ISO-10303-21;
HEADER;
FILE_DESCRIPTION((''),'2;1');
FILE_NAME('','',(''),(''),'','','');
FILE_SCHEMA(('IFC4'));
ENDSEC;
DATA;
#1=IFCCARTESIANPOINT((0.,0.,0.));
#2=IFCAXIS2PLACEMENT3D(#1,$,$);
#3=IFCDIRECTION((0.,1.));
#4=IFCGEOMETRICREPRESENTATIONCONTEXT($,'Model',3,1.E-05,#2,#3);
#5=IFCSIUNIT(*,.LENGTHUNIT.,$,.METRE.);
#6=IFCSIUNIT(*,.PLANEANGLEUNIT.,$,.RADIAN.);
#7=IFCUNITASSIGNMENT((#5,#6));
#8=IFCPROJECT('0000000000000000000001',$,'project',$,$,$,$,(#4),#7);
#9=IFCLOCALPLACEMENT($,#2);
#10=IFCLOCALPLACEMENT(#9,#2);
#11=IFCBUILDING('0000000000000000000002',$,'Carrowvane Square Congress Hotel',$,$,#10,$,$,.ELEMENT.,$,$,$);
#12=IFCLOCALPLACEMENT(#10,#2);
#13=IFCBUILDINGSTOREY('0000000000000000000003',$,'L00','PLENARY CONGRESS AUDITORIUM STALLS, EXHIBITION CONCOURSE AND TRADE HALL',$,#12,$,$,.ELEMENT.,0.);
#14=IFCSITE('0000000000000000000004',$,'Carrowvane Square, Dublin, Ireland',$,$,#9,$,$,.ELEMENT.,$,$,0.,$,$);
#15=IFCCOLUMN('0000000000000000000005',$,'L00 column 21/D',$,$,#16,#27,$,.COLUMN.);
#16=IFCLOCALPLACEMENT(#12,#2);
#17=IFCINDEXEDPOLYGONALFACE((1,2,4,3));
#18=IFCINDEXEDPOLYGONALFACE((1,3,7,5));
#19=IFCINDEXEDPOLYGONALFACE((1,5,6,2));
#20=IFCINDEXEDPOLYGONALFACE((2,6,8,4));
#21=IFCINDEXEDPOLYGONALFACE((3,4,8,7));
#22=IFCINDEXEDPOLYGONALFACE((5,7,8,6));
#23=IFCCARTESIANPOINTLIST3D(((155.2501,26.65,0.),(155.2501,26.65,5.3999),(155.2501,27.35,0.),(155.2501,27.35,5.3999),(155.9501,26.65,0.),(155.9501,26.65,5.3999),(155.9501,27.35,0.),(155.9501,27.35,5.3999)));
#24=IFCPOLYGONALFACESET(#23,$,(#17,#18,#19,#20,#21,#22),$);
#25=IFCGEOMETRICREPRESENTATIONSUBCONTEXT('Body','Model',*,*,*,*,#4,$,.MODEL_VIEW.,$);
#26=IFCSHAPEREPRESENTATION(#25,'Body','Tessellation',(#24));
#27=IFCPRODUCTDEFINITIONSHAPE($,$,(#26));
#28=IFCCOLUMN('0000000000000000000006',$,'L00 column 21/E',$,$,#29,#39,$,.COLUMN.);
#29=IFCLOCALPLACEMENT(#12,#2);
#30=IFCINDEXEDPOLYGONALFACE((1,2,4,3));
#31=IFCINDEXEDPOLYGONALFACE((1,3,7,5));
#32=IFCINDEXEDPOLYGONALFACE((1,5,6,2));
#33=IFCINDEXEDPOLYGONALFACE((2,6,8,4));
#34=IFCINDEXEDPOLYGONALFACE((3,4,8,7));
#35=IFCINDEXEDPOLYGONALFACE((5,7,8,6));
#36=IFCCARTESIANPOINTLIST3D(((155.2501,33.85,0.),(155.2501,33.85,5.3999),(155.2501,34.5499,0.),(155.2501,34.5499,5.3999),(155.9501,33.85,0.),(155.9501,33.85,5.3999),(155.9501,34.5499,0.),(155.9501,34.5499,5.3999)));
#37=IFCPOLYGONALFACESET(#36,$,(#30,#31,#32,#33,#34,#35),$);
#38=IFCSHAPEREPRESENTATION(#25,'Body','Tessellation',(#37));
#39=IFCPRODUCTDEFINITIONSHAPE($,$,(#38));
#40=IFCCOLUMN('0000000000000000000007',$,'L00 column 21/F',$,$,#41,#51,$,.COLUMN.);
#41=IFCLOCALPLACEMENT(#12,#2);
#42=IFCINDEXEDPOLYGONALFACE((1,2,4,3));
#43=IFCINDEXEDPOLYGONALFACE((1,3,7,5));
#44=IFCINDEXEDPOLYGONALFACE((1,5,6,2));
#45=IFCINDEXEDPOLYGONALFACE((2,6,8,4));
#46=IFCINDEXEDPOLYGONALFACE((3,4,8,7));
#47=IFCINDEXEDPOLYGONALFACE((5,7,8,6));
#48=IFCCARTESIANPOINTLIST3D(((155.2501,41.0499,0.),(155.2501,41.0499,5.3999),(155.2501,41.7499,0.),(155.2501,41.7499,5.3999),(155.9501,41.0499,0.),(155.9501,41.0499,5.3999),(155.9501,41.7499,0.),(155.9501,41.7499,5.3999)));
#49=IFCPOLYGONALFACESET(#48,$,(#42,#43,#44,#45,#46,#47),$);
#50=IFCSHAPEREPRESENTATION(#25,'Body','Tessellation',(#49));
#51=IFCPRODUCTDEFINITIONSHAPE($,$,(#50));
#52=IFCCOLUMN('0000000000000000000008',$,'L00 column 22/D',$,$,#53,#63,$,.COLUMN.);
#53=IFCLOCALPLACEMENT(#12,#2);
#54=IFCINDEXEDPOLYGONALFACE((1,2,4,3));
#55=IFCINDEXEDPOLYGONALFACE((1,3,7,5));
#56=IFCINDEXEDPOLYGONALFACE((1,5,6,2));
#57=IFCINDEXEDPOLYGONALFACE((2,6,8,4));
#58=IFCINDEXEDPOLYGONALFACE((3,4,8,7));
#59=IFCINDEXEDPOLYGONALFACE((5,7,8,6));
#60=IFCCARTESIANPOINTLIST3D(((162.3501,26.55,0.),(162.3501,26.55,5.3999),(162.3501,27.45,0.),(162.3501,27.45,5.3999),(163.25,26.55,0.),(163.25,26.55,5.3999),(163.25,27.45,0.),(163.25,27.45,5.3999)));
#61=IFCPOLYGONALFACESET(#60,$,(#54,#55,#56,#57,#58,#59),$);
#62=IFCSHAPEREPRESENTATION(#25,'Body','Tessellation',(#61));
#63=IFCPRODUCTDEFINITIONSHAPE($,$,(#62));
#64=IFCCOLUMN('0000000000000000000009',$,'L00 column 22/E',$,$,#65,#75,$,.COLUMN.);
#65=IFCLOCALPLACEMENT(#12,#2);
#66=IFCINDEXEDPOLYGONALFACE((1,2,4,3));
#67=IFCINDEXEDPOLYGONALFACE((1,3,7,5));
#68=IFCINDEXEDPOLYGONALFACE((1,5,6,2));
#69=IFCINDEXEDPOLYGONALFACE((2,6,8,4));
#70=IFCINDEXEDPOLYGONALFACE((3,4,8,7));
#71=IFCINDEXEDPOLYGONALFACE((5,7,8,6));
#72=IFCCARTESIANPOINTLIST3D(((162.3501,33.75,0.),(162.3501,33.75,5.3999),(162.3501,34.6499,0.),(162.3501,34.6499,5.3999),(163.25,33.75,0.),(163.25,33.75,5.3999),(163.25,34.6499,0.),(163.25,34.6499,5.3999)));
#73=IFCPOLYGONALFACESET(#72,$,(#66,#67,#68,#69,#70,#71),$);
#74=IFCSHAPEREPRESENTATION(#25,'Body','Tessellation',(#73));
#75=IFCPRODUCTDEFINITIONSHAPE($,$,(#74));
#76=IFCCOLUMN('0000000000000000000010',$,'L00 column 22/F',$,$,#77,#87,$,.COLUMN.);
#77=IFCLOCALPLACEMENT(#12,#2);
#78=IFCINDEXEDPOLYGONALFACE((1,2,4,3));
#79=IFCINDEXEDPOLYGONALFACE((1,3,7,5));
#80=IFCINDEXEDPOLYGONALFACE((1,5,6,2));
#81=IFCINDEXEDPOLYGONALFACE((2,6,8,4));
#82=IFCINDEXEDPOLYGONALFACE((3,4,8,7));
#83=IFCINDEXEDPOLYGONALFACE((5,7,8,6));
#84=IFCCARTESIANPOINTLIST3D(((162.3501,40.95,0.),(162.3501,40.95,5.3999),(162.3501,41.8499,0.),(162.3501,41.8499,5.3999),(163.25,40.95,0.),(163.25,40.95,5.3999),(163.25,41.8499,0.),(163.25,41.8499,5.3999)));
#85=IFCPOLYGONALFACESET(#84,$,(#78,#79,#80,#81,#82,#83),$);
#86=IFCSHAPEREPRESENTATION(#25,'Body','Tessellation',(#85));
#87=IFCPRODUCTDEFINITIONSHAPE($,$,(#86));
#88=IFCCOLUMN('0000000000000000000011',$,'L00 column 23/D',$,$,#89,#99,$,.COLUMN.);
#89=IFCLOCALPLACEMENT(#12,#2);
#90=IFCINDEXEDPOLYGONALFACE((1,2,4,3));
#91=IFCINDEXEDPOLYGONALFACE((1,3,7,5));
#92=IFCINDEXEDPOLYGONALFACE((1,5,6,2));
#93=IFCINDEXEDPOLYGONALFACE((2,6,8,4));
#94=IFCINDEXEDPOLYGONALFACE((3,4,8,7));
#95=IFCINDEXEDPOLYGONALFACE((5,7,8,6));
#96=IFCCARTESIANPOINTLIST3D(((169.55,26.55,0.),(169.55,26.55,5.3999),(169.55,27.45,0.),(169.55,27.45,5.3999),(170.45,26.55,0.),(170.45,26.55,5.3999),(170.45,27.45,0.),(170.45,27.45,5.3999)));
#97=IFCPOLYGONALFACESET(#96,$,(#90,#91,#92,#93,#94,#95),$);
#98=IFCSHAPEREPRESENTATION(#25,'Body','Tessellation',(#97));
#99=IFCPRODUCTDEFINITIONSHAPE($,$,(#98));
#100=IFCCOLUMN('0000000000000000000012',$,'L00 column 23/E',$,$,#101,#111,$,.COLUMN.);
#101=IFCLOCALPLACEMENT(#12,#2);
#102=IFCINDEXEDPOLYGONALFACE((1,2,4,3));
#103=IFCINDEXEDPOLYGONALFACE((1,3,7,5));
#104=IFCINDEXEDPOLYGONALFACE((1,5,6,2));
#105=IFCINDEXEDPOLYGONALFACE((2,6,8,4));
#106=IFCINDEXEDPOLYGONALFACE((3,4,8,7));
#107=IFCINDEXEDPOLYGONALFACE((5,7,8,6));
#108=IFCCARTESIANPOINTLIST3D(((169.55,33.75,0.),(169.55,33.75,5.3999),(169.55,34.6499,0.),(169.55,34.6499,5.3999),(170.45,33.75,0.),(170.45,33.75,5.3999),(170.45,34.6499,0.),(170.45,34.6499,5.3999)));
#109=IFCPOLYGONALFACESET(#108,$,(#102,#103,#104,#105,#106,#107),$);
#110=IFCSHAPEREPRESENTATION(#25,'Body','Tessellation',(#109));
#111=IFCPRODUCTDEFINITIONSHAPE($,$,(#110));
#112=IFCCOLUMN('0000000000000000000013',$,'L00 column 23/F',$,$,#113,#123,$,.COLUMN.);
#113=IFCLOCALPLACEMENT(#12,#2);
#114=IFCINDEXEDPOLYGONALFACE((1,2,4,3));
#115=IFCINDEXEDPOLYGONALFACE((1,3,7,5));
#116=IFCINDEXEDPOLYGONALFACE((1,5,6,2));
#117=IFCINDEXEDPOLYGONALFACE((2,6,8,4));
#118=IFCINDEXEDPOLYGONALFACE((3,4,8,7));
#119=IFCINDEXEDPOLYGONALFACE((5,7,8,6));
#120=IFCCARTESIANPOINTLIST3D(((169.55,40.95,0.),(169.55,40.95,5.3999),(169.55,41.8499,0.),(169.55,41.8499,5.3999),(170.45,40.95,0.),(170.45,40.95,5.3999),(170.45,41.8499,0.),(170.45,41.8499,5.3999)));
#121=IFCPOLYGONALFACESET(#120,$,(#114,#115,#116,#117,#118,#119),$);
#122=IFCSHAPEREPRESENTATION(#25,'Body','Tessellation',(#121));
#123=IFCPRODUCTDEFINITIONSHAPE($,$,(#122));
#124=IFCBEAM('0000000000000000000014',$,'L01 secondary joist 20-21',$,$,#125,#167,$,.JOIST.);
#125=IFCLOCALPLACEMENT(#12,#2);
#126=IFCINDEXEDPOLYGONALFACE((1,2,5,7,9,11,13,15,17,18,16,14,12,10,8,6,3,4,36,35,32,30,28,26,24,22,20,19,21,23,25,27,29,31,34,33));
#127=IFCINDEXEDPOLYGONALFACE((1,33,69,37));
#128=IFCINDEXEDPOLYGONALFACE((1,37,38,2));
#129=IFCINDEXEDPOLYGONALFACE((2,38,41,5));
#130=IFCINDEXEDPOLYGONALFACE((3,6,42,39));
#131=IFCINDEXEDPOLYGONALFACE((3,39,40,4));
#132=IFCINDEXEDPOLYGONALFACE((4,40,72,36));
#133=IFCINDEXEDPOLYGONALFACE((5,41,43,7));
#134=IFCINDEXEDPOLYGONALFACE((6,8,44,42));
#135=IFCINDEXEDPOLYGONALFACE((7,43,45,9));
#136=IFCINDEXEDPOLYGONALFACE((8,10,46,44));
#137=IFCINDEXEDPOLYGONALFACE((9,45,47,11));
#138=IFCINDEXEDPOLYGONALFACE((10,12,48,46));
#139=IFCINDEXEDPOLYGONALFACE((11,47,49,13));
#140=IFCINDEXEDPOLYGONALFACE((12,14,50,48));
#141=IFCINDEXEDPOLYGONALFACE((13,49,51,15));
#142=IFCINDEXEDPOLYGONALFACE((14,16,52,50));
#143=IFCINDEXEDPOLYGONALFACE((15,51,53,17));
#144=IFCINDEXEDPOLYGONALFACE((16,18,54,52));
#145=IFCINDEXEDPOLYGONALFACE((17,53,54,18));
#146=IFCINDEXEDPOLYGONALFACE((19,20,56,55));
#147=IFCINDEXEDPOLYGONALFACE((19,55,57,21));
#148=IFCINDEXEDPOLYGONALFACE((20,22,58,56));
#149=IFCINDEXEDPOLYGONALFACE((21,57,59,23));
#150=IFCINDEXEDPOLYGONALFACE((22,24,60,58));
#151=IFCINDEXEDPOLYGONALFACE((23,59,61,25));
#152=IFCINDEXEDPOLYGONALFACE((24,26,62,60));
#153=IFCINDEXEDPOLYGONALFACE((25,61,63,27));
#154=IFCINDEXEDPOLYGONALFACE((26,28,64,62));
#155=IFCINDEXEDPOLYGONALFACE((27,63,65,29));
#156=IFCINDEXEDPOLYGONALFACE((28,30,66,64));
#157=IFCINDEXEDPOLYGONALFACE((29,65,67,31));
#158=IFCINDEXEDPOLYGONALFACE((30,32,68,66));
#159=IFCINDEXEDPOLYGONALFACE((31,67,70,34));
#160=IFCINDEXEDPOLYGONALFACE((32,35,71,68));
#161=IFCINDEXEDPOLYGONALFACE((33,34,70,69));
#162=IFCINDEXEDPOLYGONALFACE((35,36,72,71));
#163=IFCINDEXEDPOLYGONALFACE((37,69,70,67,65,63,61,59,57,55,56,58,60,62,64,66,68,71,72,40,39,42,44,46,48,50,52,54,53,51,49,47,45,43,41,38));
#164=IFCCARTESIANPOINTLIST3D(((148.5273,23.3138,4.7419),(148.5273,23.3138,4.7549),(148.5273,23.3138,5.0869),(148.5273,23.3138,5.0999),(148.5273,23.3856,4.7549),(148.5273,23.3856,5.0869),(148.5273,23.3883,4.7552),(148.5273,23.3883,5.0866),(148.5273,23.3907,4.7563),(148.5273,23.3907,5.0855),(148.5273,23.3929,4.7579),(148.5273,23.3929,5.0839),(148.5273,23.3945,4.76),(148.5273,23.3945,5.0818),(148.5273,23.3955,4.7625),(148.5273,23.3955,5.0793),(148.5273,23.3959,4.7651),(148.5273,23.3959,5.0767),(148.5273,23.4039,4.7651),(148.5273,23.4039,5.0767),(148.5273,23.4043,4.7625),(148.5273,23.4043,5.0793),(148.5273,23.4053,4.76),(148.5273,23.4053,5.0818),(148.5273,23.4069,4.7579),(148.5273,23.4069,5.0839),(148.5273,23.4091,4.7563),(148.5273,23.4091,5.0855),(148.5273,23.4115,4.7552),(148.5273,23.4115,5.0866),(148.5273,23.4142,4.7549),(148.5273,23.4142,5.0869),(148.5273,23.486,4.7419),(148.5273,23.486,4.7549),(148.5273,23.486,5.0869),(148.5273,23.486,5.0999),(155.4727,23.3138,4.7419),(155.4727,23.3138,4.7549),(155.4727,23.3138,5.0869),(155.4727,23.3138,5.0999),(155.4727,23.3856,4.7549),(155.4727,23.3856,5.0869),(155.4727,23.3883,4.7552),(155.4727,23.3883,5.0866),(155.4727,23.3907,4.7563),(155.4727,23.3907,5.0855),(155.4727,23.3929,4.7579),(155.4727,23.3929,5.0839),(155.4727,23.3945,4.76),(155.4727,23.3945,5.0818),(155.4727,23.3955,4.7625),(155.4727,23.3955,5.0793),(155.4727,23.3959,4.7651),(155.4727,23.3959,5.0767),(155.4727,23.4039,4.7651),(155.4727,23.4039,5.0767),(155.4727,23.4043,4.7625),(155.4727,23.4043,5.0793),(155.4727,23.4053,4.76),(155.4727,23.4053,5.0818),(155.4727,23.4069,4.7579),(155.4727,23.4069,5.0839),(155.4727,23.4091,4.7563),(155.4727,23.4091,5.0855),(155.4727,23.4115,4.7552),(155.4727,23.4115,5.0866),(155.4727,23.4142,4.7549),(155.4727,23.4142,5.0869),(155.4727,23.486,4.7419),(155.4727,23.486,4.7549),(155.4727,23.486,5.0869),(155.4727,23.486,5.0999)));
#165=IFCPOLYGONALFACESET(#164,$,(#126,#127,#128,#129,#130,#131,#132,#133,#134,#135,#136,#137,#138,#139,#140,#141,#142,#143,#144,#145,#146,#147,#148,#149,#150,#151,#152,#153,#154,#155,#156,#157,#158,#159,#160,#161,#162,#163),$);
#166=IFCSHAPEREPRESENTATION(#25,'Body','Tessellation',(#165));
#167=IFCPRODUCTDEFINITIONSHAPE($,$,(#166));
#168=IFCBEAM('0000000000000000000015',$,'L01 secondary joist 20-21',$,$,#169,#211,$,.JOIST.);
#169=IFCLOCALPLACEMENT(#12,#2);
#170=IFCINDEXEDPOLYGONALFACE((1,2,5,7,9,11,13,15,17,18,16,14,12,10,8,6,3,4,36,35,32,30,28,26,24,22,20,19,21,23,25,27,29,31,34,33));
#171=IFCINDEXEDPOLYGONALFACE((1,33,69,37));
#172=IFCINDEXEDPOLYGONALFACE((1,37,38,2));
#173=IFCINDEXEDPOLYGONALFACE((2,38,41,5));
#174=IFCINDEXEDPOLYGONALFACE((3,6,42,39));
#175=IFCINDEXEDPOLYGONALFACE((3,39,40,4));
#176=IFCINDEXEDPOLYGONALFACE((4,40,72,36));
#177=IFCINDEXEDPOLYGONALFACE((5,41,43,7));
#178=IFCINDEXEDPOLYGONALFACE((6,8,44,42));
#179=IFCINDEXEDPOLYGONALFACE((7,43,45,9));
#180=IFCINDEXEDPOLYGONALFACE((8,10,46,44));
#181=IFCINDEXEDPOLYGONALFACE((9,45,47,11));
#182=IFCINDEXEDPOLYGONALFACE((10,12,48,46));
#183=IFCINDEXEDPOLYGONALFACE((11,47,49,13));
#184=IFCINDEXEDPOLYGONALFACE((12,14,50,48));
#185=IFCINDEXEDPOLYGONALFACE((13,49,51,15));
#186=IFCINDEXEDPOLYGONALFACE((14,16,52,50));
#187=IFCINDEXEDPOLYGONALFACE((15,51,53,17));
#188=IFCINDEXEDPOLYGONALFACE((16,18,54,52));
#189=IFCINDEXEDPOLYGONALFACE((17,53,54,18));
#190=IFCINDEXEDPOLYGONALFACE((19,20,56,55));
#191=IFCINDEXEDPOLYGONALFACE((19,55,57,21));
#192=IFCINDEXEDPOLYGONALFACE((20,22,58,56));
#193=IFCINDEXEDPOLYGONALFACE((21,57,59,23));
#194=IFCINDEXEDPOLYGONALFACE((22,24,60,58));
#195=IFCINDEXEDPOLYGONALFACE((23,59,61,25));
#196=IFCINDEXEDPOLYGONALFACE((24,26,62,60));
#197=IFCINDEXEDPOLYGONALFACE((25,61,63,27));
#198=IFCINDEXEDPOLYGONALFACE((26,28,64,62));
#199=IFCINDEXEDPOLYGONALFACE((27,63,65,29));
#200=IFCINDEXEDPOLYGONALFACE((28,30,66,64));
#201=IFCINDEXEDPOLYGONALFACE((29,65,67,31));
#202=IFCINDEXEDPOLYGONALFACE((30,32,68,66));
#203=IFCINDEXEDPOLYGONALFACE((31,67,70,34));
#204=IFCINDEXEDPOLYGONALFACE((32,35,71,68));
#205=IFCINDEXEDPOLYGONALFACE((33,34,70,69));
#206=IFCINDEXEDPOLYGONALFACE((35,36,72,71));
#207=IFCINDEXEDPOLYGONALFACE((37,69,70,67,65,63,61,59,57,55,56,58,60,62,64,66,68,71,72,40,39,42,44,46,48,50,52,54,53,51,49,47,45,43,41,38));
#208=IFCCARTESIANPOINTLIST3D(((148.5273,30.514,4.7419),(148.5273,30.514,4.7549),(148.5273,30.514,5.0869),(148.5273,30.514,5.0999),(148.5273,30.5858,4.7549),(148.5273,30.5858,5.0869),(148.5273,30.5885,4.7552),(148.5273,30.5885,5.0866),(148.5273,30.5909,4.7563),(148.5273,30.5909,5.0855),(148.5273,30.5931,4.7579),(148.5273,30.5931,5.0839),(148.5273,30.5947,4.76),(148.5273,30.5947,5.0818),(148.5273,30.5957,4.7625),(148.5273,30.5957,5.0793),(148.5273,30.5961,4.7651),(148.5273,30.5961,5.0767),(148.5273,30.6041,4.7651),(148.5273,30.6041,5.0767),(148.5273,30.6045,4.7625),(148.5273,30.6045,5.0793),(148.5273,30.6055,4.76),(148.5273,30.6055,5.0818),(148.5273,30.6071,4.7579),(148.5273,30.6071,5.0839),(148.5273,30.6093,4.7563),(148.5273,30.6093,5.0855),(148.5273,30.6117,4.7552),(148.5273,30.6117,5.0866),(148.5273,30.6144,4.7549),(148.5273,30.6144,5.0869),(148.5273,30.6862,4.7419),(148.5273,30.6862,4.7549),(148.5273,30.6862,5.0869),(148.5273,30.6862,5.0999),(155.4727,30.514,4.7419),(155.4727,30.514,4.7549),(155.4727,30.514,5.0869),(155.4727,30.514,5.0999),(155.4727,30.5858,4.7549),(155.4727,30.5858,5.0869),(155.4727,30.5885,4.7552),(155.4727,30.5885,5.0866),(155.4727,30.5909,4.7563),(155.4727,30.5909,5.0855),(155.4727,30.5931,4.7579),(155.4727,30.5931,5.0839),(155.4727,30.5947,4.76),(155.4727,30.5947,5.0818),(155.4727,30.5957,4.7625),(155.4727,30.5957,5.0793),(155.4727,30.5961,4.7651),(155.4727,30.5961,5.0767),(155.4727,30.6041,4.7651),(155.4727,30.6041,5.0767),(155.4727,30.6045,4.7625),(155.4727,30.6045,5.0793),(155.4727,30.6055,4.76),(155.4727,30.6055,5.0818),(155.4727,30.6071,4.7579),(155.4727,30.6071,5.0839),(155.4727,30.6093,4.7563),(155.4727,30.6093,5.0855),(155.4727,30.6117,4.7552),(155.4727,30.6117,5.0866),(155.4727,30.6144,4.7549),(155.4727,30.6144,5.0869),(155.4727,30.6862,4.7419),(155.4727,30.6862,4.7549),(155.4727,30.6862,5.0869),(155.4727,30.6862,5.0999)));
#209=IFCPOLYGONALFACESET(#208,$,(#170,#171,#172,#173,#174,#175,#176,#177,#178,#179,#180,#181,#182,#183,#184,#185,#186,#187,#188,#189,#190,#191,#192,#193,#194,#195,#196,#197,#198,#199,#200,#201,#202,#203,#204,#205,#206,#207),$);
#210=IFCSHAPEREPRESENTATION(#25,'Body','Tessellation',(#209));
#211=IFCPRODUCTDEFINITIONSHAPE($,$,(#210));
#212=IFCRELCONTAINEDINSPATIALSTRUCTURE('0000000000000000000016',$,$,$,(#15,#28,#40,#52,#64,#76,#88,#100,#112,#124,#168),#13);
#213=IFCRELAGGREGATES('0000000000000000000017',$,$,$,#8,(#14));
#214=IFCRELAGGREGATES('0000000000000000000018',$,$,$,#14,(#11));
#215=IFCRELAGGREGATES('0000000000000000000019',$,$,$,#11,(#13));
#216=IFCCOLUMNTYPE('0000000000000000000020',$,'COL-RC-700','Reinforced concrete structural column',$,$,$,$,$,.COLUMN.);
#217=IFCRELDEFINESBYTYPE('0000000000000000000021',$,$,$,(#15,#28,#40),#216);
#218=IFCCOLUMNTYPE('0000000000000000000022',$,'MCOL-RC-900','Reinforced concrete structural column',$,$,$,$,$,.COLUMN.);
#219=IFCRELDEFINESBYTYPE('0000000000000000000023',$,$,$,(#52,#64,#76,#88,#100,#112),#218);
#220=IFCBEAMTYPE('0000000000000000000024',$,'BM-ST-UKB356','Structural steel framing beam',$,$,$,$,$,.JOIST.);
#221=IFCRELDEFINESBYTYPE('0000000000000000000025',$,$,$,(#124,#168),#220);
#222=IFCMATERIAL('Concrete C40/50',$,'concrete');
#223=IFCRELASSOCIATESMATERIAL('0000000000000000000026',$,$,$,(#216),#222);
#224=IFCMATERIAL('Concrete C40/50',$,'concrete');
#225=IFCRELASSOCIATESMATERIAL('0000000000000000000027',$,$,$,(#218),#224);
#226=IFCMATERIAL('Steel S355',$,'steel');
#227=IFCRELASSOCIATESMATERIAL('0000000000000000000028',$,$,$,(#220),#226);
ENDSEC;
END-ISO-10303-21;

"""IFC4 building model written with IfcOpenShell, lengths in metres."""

from ifc_helpers import new_model, si_unit, direction, frame, origin, origin_2d, place, context, subcontext, project, spatial, rectangle, i_section, extrude, material, material_profile, profile_set, type_object, element, save


model = new_model("IFC4")

# Units and contexts
model_context = context("Model", 3, precision=1e-05, world=origin(), true_north=direction((0.0, 1.0)))
body_context = subcontext(model_context, "Body", "Model", "MODEL_VIEW")
ifc_project = project(units=[si_unit("LENGTHUNIT", "METRE"), si_unit("PLANEANGLEUNIT", "RADIAN")], contexts=[model_context])

# Site, building, storey
site_placement = place(None, origin())
site = spatial("IfcSite", under=ifc_project, at=site_placement, Name="Carrowvane Square, Dublin, Ireland", CompositionType="ELEMENT", RefElevation=0.0)
building_placement = place(site_placement, origin())
building = spatial("IfcBuilding", under=site, at=building_placement, Name="Carrowvane Square Congress Hotel", CompositionType="ELEMENT")
storey_placement = place(building_placement, origin())
storey = spatial("IfcBuildingStorey", under=building, at=storey_placement, Name="L00", Description="PLENARY CONGRESS AUDITORIUM STALLS, EXHIBITION CONCOURSE AND TRADE HALL", CompositionType="ELEMENT", Elevation=0.0)

# Columns
ifc_material_1 = material(Name="Concrete C40/50", Category="concrete")
ifc_material_profile_1 = material_profile(ifc_material_1, rectangle(XDim=0.7, YDim=0.7, at=origin_2d()), Name="RC 700x700")
ifc_profile_set_1 = profile_set([ifc_material_profile_1], Name="Concrete C40/50")
column_type_1 = type_object("IfcColumnType", Name="COL-RC-700", Description="Reinforced concrete structural column", PredefinedType="COLUMN", material=ifc_profile_set_1)
for number, where, z_axis, x_axis, name in (
    (1, (155.6001, 27.0, 0.0), (0.0, 0.0, 1.0), (1.0, 0.0, 0.0), "L00 column 21/D"),
    (2, (155.6001, 34.2, 0.0), (0.0, 0.0, 1.0), (1.0, 0.0, 0.0), "L00 column 21/E"),
    (3, (155.6001, 41.3999, 0.0), (0.0, 0.0, 1.0), (1.0, 0.0, 0.0), "L00 column 21/F"),
):
    element("IfcColumn", number, at=place(storey_placement, frame(where, z_axis=z_axis, x_axis=x_axis)), inside=storey, type_object=column_type_1, Name=name, PredefinedType="COLUMN", context=body_context, shape_type="SweptSolid", body=[
        extrude(rectangle(XDim=0.7, YDim=0.7, at=origin_2d()), origin(), (0.0, 0.0, 1.0), 5.3999),
    ])
ifc_material_2 = material(Name="Concrete C40/50", Category="concrete")
ifc_material_profile_2 = material_profile(ifc_material_2, rectangle(XDim=0.8999, YDim=0.8999, at=origin_2d()), Name="RC 900x900")
ifc_profile_set_2 = profile_set([ifc_material_profile_2], Name="Concrete C40/50")
column_type_2 = type_object("IfcColumnType", Name="MCOL-RC-900", Description="Reinforced concrete structural column", PredefinedType="COLUMN", material=ifc_profile_set_2)
for number, where, z_axis, x_axis, name in (
    (4, (162.8, 27.0, 0.0), (0.0, 0.0, 1.0), (1.0, 0.0, 0.0), "L00 column 22/D"),
    (5, (162.8, 34.2, 0.0), (0.0, 0.0, 1.0), (1.0, 0.0, 0.0), "L00 column 22/E"),
    (6, (162.8, 41.3999, 0.0), (0.0, 0.0, 1.0), (1.0, 0.0, 0.0), "L00 column 22/F"),
    (7, (170.0, 27.0, 0.0), (0.0, 0.0, 1.0), (1.0, 0.0, 0.0), "L00 column 23/D"),
    (8, (170.0, 34.2, 0.0), (0.0, 0.0, 1.0), (1.0, 0.0, 0.0), "L00 column 23/E"),
    (9, (170.0, 41.3999, 0.0), (0.0, 0.0, 1.0), (1.0, 0.0, 0.0), "L00 column 23/F"),
):
    element("IfcColumn", number, at=place(storey_placement, frame(where, z_axis=z_axis, x_axis=x_axis)), inside=storey, type_object=column_type_2, Name=name, PredefinedType="COLUMN", context=body_context, shape_type="SweptSolid", body=[
        extrude(rectangle(XDim=0.8999, YDim=0.8999, at=origin_2d()), origin(), (0.0, 0.0, 1.0), 5.3999),
    ])

# Beams
ifc_material_3 = material(Name="Steel S355", Category="steel")
ifc_material_profile_3 = material_profile(ifc_material_3, i_section(OverallWidth=0.1721, OverallDepth=0.3579, WebThickness=0.0081, FlangeThickness=0.0129, FilletRadius=0.0103, at=origin_2d()), Name="UKB 356x171x57")
ifc_profile_set_3 = profile_set([ifc_material_profile_3], Name="Steel S355")
beam_type_1 = type_object("IfcBeamType", Name="BM-ST-UKB356", Description="Structural steel framing beam", PredefinedType="JOIST", material=ifc_profile_set_3)
for number, where, z_axis, x_axis, name in (
    (10, (148.5273, 23.3999, 4.9209), (1.0, 0.0, 0.0), (0.0, 1.0, 0.0), "L01 secondary joist 20-21"),
    (11, (148.5273, 30.6001, 4.9209), (1.0, 0.0, 0.0), (0.0, 1.0, 0.0), "L01 secondary joist 20-21"),
):
    element("IfcBeam", number, at=place(storey_placement, frame(where, z_axis=z_axis, x_axis=x_axis)), inside=storey, type_object=beam_type_1, Name=name, PredefinedType="JOIST", context=body_context, shape_type="SweptSolid", body=[
        extrude(i_section(OverallWidth=0.1721, OverallDepth=0.3579, WebThickness=0.0081, FlangeThickness=0.0129, FilletRadius=0.0103, at=origin_2d()), origin(), (0.0, 0.0, 1.0), 6.9453),
    ])

save(model, "model.ifc")
